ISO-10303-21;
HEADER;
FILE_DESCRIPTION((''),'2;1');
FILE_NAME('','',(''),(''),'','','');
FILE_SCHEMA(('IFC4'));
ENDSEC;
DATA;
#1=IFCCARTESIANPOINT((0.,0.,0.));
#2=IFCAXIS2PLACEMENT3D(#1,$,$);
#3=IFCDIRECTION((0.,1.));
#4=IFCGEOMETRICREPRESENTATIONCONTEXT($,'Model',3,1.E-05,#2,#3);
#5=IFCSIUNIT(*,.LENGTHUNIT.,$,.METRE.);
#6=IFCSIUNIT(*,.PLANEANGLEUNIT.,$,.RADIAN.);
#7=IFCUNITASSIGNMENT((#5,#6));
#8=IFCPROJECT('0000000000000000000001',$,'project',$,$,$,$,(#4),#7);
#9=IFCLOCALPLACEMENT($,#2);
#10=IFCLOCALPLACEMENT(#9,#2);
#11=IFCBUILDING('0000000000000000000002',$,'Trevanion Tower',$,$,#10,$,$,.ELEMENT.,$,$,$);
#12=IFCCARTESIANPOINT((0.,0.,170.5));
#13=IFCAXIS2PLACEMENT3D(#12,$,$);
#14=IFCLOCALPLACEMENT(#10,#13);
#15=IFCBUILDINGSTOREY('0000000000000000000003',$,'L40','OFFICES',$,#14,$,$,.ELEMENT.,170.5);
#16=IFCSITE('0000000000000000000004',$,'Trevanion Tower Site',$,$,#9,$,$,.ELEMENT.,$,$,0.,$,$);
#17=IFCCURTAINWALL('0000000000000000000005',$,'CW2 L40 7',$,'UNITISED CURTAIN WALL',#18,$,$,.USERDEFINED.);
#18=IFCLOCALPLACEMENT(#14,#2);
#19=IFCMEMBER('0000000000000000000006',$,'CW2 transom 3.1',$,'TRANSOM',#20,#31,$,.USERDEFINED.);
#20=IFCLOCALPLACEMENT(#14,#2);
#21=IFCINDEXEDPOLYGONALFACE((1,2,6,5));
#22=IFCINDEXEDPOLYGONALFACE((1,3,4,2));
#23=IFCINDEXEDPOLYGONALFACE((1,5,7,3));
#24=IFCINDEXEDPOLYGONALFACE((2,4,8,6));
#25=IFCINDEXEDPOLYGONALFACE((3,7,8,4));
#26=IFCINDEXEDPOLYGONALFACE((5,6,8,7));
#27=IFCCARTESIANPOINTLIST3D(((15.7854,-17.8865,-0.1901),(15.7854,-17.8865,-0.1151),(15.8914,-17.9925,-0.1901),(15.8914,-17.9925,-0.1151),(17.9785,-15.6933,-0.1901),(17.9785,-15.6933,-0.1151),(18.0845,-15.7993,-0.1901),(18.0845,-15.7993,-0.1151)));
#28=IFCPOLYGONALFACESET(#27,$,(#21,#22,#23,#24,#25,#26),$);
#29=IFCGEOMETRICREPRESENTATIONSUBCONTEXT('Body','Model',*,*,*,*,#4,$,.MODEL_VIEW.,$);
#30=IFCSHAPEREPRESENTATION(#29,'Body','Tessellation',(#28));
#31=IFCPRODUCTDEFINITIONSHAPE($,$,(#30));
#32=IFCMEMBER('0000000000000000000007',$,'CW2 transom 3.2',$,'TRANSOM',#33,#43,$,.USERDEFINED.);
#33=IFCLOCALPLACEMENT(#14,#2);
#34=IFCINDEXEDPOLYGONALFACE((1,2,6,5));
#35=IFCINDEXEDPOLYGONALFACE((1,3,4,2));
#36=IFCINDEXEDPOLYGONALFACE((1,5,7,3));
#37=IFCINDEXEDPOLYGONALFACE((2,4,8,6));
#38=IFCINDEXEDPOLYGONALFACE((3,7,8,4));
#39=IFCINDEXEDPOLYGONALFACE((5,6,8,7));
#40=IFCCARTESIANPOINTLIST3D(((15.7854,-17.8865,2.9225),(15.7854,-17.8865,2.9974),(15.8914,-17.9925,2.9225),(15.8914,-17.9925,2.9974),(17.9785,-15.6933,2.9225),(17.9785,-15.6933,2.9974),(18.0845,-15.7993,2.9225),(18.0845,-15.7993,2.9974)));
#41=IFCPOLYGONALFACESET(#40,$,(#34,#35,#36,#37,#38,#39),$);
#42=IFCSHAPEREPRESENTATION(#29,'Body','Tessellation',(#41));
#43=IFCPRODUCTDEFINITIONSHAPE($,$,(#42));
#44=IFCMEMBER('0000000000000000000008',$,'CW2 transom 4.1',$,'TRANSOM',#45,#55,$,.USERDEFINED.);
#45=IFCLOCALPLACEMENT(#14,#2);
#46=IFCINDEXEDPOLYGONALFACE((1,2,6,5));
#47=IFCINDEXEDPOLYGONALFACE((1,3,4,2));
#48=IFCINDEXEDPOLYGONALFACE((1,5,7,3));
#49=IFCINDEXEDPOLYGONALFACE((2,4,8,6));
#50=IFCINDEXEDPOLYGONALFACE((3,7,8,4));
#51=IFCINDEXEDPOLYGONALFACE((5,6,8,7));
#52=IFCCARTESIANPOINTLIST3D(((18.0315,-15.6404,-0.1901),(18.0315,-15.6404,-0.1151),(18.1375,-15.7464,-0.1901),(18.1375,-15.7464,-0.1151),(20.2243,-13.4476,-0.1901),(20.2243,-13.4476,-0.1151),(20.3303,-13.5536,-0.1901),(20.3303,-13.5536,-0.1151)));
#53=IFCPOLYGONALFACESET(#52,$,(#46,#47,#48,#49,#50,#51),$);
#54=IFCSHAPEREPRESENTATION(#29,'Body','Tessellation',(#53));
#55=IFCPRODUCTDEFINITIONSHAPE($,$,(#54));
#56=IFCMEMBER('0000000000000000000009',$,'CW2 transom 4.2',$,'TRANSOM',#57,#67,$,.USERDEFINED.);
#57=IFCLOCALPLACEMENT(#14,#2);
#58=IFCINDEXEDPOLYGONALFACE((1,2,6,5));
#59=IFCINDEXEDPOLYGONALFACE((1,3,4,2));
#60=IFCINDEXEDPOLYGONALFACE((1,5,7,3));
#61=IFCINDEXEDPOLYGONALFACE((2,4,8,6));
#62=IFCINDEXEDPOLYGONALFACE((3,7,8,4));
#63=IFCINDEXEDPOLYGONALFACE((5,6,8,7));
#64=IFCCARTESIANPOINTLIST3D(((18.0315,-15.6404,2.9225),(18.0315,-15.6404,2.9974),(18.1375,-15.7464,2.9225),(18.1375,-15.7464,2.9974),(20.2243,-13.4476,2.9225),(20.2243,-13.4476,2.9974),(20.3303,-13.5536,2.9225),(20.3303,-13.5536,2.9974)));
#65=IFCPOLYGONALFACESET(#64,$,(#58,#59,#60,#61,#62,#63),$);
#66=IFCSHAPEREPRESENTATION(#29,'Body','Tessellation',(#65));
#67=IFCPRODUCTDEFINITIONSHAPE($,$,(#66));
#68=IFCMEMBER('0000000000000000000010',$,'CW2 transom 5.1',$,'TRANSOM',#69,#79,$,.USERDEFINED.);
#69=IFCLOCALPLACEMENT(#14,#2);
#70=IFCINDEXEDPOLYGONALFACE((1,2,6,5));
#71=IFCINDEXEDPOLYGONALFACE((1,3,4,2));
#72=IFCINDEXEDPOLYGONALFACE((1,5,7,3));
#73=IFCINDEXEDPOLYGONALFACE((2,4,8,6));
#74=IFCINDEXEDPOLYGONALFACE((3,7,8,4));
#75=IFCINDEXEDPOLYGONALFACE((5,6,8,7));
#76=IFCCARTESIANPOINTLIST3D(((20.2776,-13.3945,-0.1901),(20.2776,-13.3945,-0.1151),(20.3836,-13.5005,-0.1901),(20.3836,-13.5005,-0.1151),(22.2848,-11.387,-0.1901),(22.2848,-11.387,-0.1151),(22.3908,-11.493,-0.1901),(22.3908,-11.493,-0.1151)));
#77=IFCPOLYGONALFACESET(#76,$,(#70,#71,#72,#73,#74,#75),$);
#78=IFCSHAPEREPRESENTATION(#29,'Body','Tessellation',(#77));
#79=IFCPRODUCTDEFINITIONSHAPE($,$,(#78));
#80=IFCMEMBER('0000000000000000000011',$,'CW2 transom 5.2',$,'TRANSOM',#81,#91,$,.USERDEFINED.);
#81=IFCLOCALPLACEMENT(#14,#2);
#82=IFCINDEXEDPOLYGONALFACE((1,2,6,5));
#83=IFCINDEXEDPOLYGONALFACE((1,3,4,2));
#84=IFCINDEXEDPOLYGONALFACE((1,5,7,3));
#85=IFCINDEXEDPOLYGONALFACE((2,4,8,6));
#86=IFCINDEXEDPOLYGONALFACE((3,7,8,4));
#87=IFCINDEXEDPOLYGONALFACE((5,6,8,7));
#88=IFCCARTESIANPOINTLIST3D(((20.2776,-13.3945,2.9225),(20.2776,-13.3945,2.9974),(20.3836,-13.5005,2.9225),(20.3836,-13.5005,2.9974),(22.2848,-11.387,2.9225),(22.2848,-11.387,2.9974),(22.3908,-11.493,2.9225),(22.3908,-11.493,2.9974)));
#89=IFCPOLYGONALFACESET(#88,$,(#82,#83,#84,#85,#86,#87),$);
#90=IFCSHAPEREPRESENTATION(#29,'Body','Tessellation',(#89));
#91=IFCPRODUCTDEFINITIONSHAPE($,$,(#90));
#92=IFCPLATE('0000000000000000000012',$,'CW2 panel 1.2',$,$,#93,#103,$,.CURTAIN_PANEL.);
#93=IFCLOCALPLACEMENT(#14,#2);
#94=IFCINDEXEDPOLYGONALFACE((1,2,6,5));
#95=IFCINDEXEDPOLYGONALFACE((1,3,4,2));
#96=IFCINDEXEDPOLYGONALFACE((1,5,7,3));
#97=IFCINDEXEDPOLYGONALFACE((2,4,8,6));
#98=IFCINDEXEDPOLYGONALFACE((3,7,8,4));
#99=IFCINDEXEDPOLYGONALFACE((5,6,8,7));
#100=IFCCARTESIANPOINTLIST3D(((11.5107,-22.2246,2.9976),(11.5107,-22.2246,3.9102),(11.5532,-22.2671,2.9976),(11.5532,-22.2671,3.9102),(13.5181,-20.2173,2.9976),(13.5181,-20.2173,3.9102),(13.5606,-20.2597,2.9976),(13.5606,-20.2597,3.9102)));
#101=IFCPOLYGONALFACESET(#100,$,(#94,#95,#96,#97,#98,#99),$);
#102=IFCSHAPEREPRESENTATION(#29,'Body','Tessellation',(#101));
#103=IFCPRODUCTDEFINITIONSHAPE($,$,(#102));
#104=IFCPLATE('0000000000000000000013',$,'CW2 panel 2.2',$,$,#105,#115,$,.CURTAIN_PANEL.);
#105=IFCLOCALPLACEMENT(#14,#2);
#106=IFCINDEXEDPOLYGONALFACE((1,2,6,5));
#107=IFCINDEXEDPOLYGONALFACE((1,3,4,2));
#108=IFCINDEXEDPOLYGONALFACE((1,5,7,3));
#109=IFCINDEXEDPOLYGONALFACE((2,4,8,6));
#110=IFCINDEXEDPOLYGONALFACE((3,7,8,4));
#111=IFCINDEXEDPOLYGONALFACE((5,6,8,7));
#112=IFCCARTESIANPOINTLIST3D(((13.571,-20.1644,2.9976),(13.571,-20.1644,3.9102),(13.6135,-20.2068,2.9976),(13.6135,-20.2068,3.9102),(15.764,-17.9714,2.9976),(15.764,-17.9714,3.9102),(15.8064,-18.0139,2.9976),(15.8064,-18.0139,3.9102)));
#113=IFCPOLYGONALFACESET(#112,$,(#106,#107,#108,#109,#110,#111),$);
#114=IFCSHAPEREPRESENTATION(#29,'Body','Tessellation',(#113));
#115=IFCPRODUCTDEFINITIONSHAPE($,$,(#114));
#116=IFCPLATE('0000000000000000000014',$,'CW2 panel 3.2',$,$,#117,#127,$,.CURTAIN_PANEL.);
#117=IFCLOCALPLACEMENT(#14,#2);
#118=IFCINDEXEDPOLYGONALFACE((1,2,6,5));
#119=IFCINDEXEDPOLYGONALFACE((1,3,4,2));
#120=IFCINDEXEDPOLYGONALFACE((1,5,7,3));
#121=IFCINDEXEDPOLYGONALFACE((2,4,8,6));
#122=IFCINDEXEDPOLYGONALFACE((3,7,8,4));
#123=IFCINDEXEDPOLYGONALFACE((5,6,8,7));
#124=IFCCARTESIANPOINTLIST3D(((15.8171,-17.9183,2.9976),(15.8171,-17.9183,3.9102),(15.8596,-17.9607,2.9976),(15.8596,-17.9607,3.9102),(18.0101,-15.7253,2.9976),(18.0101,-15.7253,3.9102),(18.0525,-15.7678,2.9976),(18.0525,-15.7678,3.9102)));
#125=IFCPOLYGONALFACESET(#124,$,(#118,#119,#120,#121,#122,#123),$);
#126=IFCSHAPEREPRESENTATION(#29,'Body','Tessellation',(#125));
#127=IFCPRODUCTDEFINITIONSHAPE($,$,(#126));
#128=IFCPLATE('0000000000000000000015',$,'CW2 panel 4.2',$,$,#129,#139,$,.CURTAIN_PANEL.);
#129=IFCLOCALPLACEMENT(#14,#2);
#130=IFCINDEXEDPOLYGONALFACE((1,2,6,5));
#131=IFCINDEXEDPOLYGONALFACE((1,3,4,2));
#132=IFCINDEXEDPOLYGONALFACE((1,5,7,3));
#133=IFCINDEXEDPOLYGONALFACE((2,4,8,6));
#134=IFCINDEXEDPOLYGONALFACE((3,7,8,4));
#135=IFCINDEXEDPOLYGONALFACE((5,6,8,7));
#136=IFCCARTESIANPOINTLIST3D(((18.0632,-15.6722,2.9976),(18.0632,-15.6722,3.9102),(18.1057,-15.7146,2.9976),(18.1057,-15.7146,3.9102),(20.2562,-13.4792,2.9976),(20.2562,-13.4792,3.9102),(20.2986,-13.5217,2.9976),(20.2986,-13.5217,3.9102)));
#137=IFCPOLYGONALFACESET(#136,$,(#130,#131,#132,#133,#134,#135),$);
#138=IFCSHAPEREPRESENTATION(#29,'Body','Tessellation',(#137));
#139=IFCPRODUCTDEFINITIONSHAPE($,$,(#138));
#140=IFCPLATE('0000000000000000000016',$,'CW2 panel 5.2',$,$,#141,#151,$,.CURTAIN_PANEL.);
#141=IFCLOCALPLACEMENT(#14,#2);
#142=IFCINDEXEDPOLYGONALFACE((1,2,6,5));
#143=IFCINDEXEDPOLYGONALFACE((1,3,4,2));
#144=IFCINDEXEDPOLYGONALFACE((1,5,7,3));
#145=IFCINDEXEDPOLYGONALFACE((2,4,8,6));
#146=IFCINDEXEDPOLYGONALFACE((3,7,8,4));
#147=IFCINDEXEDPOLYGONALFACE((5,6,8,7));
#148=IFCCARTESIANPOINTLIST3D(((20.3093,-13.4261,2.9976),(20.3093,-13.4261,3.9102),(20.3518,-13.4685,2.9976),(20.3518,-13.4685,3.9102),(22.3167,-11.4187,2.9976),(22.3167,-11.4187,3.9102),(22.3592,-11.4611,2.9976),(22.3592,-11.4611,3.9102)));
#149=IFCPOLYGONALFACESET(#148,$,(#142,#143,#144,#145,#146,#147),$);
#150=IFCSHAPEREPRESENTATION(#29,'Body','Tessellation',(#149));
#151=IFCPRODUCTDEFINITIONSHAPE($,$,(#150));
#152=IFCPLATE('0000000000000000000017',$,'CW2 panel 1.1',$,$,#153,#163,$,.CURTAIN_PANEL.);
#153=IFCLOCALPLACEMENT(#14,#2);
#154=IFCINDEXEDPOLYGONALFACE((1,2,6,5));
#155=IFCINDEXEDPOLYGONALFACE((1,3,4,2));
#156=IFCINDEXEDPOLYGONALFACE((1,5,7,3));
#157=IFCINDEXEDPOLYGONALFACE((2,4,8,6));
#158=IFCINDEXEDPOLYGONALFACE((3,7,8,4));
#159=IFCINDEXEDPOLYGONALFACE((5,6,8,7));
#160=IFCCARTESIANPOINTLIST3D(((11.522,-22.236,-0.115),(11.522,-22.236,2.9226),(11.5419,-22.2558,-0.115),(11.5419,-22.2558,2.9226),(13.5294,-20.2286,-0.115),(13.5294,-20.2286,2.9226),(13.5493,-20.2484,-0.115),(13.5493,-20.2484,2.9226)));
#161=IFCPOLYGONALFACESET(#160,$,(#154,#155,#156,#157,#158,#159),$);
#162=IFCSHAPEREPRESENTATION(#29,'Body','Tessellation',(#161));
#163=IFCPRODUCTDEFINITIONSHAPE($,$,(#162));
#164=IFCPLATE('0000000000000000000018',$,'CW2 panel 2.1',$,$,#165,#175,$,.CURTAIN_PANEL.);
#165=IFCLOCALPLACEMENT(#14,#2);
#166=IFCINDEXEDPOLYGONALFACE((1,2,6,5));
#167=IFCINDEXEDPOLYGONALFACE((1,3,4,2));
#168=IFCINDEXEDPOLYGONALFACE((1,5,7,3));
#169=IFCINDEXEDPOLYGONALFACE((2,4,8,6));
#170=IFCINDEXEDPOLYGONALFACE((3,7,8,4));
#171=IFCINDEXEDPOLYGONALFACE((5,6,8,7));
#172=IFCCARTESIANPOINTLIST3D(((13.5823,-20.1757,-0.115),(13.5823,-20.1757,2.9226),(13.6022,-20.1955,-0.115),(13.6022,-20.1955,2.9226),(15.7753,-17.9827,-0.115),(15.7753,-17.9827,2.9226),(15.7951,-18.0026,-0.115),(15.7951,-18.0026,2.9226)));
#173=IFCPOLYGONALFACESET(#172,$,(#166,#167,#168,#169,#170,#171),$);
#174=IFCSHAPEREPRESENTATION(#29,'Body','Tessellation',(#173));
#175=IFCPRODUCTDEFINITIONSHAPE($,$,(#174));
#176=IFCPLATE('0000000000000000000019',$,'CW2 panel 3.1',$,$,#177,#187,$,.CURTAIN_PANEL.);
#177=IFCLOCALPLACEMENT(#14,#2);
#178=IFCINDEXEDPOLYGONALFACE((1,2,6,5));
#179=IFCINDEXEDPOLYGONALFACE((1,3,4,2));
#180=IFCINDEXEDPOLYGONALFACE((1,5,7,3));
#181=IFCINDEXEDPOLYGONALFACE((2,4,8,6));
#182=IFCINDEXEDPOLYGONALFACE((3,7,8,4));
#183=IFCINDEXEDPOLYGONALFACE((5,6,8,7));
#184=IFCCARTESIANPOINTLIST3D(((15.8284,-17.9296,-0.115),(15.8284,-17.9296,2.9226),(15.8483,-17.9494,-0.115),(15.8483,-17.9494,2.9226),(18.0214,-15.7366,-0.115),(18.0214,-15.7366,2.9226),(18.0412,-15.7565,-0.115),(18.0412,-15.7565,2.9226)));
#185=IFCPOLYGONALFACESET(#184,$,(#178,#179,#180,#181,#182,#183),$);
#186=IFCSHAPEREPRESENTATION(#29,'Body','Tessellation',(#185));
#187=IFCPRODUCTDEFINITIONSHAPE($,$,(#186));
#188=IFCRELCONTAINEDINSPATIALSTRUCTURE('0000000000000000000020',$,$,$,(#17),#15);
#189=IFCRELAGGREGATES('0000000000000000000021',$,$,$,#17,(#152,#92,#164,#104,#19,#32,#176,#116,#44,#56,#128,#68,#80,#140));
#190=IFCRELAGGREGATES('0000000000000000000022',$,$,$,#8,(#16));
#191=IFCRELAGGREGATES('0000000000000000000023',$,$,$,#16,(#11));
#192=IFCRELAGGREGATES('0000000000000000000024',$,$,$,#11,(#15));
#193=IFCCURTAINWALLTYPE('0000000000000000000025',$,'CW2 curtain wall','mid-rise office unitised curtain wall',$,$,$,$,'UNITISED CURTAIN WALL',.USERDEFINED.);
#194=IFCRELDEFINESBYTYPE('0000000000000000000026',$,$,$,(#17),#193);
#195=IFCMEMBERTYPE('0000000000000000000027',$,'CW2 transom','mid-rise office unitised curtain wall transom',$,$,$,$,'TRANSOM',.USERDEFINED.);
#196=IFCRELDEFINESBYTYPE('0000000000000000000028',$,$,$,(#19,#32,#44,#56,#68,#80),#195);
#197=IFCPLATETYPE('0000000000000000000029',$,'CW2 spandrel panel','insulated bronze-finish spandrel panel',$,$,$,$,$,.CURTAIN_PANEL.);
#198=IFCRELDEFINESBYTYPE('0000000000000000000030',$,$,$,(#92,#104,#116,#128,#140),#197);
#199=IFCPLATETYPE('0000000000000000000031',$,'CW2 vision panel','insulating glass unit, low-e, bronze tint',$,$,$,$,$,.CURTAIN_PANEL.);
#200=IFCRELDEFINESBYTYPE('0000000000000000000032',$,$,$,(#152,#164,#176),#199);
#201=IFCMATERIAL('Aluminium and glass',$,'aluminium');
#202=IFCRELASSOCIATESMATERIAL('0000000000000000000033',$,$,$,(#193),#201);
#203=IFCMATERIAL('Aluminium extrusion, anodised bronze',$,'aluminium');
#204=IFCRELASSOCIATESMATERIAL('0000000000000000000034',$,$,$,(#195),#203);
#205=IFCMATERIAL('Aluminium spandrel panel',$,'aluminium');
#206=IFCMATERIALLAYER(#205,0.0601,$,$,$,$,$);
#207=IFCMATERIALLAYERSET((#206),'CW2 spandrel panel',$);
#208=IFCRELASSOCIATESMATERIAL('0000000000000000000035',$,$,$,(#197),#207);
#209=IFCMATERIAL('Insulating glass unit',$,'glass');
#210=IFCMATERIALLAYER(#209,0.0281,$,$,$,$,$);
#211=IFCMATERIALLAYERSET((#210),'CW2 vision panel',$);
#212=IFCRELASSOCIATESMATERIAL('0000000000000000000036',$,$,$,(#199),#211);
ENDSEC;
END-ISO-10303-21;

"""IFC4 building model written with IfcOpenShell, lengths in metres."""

from ifc_helpers import new_model, si_unit, direction, frame, origin, origin_2d, place, context, subcontext, project, spatial, rectangle, extrude, material, layer, layer_set, material_profile, profile_set, type_object, element, aggregate, save


model = new_model("IFC4")

# Units and contexts
model_context = context("Model", 3, precision=1e-05, world=origin(), true_north=direction((0.0, 1.0)))
body_context = subcontext(model_context, "Body", "Model", "MODEL_VIEW")
ifc_project = project(units=[si_unit("LENGTHUNIT", "METRE"), si_unit("PLANEANGLEUNIT", "RADIAN")], contexts=[model_context])

# Site, building, storey
site_placement = place(None, origin())
site = spatial("IfcSite", under=ifc_project, at=site_placement, Name="Trevanion Tower Site", CompositionType="ELEMENT", RefElevation=0.0)
building_placement = place(site_placement, origin())
building = spatial("IfcBuilding", under=site, at=building_placement, Name="Trevanion Tower", CompositionType="ELEMENT")
storey_placement = place(building_placement, frame((0.0, 0.0, 170.5)))
storey = spatial("IfcBuildingStorey", under=building, at=storey_placement, Name="L40", Description="OFFICES", CompositionType="ELEMENT", Elevation=170.5)

# Curtain wall
ifc_material_1 = material(Name="Aluminium and glass", Category="aluminium")
curtain_wall_type = type_object("IfcCurtainWallType", Name="CW2 curtain wall", Description="mid-rise office unitised curtain wall", ElementType="UNITISED CURTAIN WALL", PredefinedType="USERDEFINED", material=ifc_material_1)
curtain_wall_1_placement = place(storey_placement, origin())
curtain_wall_1 = element("IfcCurtainWall", 1, at=curtain_wall_1_placement, inside=storey, type_object=curtain_wall_type, Name="CW2 L40 7", ObjectType="UNITISED CURTAIN WALL", PredefinedType="USERDEFINED")

# Members
ifc_material_2 = material(Name="Aluminium extrusion, anodised bronze", Category="aluminium")
ifc_material_profile_1 = material_profile(ifc_material_2, rectangle(XDim=0.1499, YDim=0.075, at=origin_2d()), Name="CW2 transom")
ifc_profile_set_1 = profile_set([ifc_material_profile_1], Name="Aluminium extrusion, anodised bronze")
member_type_1 = type_object("IfcMemberType", Name="CW2 transom", Description="mid-rise office unitised curtain wall transom", ElementType="TRANSOM", PredefinedType="USERDEFINED", material=ifc_profile_set_1)
member_1_placement = place(storey_placement, frame((15.8384, -17.9395, -0.1526), z_axis=(0.707107, 0.707107, 0.0), x_axis=(-0.707107, 0.707107, 0.0)))
member_1 = element("IfcMember", 2, at=member_1_placement, type_object=member_type_1, Name="CW2 transom 3.1", ObjectType="TRANSOM", PredefinedType="USERDEFINED", context=body_context, shape_type="SweptSolid", body=[
    extrude(rectangle(XDim=0.1499, YDim=0.075, at=origin_2d()), origin(), (0.0, 0.0, 1.0), 3.1016),
])
member_2_placement = place(storey_placement, frame((15.8384, -17.9395, 2.96), z_axis=(0.707107, 0.707107, 0.0), x_axis=(-0.707107, 0.707107, 0.0)))
member_2 = element("IfcMember", 3, at=member_2_placement, type_object=member_type_1, Name="CW2 transom 3.2", ObjectType="TRANSOM", PredefinedType="USERDEFINED", context=body_context, shape_type="SweptSolid", body=[
    extrude(rectangle(XDim=0.1499, YDim=0.075, at=origin_2d()), origin(), (0.0, 0.0, 1.0), 3.1016),
])
member_3_placement = place(storey_placement, frame((18.0845, -15.6934, -0.1526), z_axis=(0.707107, 0.707107, 0.0), x_axis=(-0.707107, 0.707107, 0.0)))
member_3 = element("IfcMember", 4, at=member_3_placement, type_object=member_type_1, Name="CW2 transom 4.1", ObjectType="TRANSOM", PredefinedType="USERDEFINED", context=body_context, shape_type="SweptSolid", body=[
    extrude(rectangle(XDim=0.1499, YDim=0.075, at=origin_2d()), origin(), (0.0, 0.0, 1.0), 3.1011),
])
member_4_placement = place(storey_placement, frame((18.0845, -15.6934, 2.96), z_axis=(0.707107, 0.707107, 0.0), x_axis=(-0.707107, 0.707107, 0.0)))
member_4 = element("IfcMember", 5, at=member_4_placement, type_object=member_type_1, Name="CW2 transom 4.2", ObjectType="TRANSOM", PredefinedType="USERDEFINED", context=body_context, shape_type="SweptSolid", body=[
    extrude(rectangle(XDim=0.1499, YDim=0.075, at=origin_2d()), origin(), (0.0, 0.0, 1.0), 3.1011),
])
member_5_placement = place(storey_placement, frame((20.3306, -13.4475, -0.1526), z_axis=(0.707064, 0.70715, 0.0), x_axis=(-0.70715, 0.707064, 0.0)))
member_5 = element("IfcMember", 6, at=member_5_placement, type_object=member_type_1, Name="CW2 transom 5.1", ObjectType="TRANSOM", PredefinedType="USERDEFINED", context=body_context, shape_type="SweptSolid", body=[
    extrude(rectangle(XDim=0.1499, YDim=0.075, at=origin_2d()), origin(), (0.0, 0.0, 1.0), 2.8389),
])
member_6_placement = place(storey_placement, frame((20.3306, -13.4475, 2.96), z_axis=(0.707064, 0.70715, 0.0), x_axis=(-0.70715, 0.707064, 0.0)))
member_6 = element("IfcMember", 7, at=member_6_placement, type_object=member_type_1, Name="CW2 transom 5.2", ObjectType="TRANSOM", PredefinedType="USERDEFINED", context=body_context, shape_type="SweptSolid", body=[
    extrude(rectangle(XDim=0.1499, YDim=0.075, at=origin_2d()), origin(), (0.0, 0.0, 1.0), 2.8389),
])

# Plates
ifc_material_3 = material(Name="Aluminium spandrel panel", Category="aluminium")
ifc_layer_1 = layer(ifc_material_3, 0.0601)
ifc_layer_set_1 = layer_set([ifc_layer_1], Name="CW2 spandrel panel")
plate_type_1 = type_object("IfcPlateType", Name="CW2 spandrel panel", Description="insulated bronze-finish spandrel panel", PredefinedType="CURTAIN_PANEL", material=ifc_layer_set_1)
plate_1_placement = place(storey_placement, frame((12.5356, -21.2422, 2.9976), z_axis=(0.0, 0.0, 1.0), x_axis=(0.707107, 0.707107, 0.0)))
plate_1 = element("IfcPlate", 8, at=plate_1_placement, type_object=plate_type_1, Name="CW2 panel 1.2", PredefinedType="CURTAIN_PANEL", context=body_context, shape_type="SweptSolid", body=[
    extrude(rectangle(XDim=2.8389, YDim=0.0601, at=origin_2d()), origin(), (0.0, 0.0, 1.0), 0.9126),
])
plate_2_placement = place(storey_placement, frame((14.6887, -19.0891, 2.9976), z_axis=(0.0, 0.0, 1.0), x_axis=(0.707107, 0.707107, 0.0)))
plate_2 = element("IfcPlate", 9, at=plate_2_placement, type_object=plate_type_1, Name="CW2 panel 2.2", PredefinedType="CURTAIN_PANEL", context=body_context, shape_type="SweptSolid", body=[
    extrude(rectangle(XDim=3.1013, YDim=0.0601, at=origin_2d()), origin(), (0.0, 0.0, 1.0), 0.9126),
])
plate_3_placement = place(storey_placement, frame((16.9348, -16.843, 2.9976), z_axis=(0.0, 0.0, 1.0), x_axis=(0.707107, 0.707107, 0.0)))
plate_3 = element("IfcPlate", 10, at=plate_3_placement, type_object=plate_type_1, Name="CW2 panel 3.2", PredefinedType="CURTAIN_PANEL", context=body_context, shape_type="SweptSolid", body=[
    extrude(rectangle(XDim=3.1013, YDim=0.0601, at=origin_2d()), origin(), (0.0, 0.0, 1.0), 0.9126),
])
plate_4_placement = place(storey_placement, frame((19.1809, -14.5969, 2.9976), z_axis=(0.0, 0.0, 1.0), x_axis=(0.707107, 0.707107, 0.0)))
plate_4 = element("IfcPlate", 11, at=plate_4_placement, type_object=plate_type_1, Name="CW2 panel 4.2", PredefinedType="CURTAIN_PANEL", context=body_context, shape_type="SweptSolid", body=[
    extrude(rectangle(XDim=3.1013, YDim=0.0601, at=origin_2d()), origin(), (0.0, 0.0, 1.0), 0.9126),
])
plate_5_placement = place(storey_placement, frame((21.3342, -12.4436, 2.9976), z_axis=(0.0, 0.0, 1.0), x_axis=(0.707107, 0.707107, 0.0)))
plate_5 = element("IfcPlate", 12, at=plate_5_placement, type_object=plate_type_1, Name="CW2 panel 5.2", PredefinedType="CURTAIN_PANEL", context=body_context, shape_type="SweptSolid", body=[
    extrude(rectangle(XDim=2.8389, YDim=0.0601, at=origin_2d()), origin(), (0.0, 0.0, 1.0), 0.9126),
])
ifc_material_4 = material(Name="Insulating glass unit", Category="glass")
ifc_layer_2 = layer(ifc_material_4, 0.0281)
ifc_layer_set_2 = layer_set([ifc_layer_2], Name="CW2 vision panel")
plate_type_2 = type_object("IfcPlateType", Name="CW2 vision panel", Description="insulating glass unit, low-e, bronze tint", PredefinedType="CURTAIN_PANEL", material=ifc_layer_set_2)
plate_6_placement = place(storey_placement, frame((12.5356, -21.2422, -0.115), z_axis=(0.0, 0.0, 1.0), x_axis=(0.707107, 0.707107, 0.0)))
plate_6 = element("IfcPlate", 13, at=plate_6_placement, type_object=plate_type_2, Name="CW2 panel 1.1", PredefinedType="CURTAIN_PANEL", context=body_context, shape_type="SweptSolid", body=[
    extrude(rectangle(XDim=2.8389, YDim=0.0281, at=origin_2d()), origin(), (0.0, 0.0, 1.0), 3.0376),
])
plate_7_placement = place(storey_placement, frame((14.6887, -19.0891, -0.115), z_axis=(0.0, 0.0, 1.0), x_axis=(0.707107, 0.707107, 0.0)))
plate_7 = element("IfcPlate", 14, at=plate_7_placement, type_object=plate_type_2, Name="CW2 panel 2.1", PredefinedType="CURTAIN_PANEL", context=body_context, shape_type="SweptSolid", body=[
    extrude(rectangle(XDim=3.1013, YDim=0.0281, at=origin_2d()), origin(), (0.0, 0.0, 1.0), 3.0376),
])
plate_8_placement = place(storey_placement, frame((16.9348, -16.843, -0.115), z_axis=(0.0, 0.0, 1.0), x_axis=(0.707107, 0.707107, 0.0)))
plate_8 = element("IfcPlate", 15, at=plate_8_placement, type_object=plate_type_2, Name="CW2 panel 3.1", PredefinedType="CURTAIN_PANEL", context=body_context, shape_type="SweptSolid", body=[
    extrude(rectangle(XDim=3.1013, YDim=0.0281, at=origin_2d()), origin(), (0.0, 0.0, 1.0), 3.0376),
])
aggregate(curtain_wall_1, [plate_6, plate_1, plate_7, plate_2, member_1, member_2, plate_8, plate_3, member_3, member_4, plate_4, member_5, member_6, plate_5])

save(model, "model.ifc")
